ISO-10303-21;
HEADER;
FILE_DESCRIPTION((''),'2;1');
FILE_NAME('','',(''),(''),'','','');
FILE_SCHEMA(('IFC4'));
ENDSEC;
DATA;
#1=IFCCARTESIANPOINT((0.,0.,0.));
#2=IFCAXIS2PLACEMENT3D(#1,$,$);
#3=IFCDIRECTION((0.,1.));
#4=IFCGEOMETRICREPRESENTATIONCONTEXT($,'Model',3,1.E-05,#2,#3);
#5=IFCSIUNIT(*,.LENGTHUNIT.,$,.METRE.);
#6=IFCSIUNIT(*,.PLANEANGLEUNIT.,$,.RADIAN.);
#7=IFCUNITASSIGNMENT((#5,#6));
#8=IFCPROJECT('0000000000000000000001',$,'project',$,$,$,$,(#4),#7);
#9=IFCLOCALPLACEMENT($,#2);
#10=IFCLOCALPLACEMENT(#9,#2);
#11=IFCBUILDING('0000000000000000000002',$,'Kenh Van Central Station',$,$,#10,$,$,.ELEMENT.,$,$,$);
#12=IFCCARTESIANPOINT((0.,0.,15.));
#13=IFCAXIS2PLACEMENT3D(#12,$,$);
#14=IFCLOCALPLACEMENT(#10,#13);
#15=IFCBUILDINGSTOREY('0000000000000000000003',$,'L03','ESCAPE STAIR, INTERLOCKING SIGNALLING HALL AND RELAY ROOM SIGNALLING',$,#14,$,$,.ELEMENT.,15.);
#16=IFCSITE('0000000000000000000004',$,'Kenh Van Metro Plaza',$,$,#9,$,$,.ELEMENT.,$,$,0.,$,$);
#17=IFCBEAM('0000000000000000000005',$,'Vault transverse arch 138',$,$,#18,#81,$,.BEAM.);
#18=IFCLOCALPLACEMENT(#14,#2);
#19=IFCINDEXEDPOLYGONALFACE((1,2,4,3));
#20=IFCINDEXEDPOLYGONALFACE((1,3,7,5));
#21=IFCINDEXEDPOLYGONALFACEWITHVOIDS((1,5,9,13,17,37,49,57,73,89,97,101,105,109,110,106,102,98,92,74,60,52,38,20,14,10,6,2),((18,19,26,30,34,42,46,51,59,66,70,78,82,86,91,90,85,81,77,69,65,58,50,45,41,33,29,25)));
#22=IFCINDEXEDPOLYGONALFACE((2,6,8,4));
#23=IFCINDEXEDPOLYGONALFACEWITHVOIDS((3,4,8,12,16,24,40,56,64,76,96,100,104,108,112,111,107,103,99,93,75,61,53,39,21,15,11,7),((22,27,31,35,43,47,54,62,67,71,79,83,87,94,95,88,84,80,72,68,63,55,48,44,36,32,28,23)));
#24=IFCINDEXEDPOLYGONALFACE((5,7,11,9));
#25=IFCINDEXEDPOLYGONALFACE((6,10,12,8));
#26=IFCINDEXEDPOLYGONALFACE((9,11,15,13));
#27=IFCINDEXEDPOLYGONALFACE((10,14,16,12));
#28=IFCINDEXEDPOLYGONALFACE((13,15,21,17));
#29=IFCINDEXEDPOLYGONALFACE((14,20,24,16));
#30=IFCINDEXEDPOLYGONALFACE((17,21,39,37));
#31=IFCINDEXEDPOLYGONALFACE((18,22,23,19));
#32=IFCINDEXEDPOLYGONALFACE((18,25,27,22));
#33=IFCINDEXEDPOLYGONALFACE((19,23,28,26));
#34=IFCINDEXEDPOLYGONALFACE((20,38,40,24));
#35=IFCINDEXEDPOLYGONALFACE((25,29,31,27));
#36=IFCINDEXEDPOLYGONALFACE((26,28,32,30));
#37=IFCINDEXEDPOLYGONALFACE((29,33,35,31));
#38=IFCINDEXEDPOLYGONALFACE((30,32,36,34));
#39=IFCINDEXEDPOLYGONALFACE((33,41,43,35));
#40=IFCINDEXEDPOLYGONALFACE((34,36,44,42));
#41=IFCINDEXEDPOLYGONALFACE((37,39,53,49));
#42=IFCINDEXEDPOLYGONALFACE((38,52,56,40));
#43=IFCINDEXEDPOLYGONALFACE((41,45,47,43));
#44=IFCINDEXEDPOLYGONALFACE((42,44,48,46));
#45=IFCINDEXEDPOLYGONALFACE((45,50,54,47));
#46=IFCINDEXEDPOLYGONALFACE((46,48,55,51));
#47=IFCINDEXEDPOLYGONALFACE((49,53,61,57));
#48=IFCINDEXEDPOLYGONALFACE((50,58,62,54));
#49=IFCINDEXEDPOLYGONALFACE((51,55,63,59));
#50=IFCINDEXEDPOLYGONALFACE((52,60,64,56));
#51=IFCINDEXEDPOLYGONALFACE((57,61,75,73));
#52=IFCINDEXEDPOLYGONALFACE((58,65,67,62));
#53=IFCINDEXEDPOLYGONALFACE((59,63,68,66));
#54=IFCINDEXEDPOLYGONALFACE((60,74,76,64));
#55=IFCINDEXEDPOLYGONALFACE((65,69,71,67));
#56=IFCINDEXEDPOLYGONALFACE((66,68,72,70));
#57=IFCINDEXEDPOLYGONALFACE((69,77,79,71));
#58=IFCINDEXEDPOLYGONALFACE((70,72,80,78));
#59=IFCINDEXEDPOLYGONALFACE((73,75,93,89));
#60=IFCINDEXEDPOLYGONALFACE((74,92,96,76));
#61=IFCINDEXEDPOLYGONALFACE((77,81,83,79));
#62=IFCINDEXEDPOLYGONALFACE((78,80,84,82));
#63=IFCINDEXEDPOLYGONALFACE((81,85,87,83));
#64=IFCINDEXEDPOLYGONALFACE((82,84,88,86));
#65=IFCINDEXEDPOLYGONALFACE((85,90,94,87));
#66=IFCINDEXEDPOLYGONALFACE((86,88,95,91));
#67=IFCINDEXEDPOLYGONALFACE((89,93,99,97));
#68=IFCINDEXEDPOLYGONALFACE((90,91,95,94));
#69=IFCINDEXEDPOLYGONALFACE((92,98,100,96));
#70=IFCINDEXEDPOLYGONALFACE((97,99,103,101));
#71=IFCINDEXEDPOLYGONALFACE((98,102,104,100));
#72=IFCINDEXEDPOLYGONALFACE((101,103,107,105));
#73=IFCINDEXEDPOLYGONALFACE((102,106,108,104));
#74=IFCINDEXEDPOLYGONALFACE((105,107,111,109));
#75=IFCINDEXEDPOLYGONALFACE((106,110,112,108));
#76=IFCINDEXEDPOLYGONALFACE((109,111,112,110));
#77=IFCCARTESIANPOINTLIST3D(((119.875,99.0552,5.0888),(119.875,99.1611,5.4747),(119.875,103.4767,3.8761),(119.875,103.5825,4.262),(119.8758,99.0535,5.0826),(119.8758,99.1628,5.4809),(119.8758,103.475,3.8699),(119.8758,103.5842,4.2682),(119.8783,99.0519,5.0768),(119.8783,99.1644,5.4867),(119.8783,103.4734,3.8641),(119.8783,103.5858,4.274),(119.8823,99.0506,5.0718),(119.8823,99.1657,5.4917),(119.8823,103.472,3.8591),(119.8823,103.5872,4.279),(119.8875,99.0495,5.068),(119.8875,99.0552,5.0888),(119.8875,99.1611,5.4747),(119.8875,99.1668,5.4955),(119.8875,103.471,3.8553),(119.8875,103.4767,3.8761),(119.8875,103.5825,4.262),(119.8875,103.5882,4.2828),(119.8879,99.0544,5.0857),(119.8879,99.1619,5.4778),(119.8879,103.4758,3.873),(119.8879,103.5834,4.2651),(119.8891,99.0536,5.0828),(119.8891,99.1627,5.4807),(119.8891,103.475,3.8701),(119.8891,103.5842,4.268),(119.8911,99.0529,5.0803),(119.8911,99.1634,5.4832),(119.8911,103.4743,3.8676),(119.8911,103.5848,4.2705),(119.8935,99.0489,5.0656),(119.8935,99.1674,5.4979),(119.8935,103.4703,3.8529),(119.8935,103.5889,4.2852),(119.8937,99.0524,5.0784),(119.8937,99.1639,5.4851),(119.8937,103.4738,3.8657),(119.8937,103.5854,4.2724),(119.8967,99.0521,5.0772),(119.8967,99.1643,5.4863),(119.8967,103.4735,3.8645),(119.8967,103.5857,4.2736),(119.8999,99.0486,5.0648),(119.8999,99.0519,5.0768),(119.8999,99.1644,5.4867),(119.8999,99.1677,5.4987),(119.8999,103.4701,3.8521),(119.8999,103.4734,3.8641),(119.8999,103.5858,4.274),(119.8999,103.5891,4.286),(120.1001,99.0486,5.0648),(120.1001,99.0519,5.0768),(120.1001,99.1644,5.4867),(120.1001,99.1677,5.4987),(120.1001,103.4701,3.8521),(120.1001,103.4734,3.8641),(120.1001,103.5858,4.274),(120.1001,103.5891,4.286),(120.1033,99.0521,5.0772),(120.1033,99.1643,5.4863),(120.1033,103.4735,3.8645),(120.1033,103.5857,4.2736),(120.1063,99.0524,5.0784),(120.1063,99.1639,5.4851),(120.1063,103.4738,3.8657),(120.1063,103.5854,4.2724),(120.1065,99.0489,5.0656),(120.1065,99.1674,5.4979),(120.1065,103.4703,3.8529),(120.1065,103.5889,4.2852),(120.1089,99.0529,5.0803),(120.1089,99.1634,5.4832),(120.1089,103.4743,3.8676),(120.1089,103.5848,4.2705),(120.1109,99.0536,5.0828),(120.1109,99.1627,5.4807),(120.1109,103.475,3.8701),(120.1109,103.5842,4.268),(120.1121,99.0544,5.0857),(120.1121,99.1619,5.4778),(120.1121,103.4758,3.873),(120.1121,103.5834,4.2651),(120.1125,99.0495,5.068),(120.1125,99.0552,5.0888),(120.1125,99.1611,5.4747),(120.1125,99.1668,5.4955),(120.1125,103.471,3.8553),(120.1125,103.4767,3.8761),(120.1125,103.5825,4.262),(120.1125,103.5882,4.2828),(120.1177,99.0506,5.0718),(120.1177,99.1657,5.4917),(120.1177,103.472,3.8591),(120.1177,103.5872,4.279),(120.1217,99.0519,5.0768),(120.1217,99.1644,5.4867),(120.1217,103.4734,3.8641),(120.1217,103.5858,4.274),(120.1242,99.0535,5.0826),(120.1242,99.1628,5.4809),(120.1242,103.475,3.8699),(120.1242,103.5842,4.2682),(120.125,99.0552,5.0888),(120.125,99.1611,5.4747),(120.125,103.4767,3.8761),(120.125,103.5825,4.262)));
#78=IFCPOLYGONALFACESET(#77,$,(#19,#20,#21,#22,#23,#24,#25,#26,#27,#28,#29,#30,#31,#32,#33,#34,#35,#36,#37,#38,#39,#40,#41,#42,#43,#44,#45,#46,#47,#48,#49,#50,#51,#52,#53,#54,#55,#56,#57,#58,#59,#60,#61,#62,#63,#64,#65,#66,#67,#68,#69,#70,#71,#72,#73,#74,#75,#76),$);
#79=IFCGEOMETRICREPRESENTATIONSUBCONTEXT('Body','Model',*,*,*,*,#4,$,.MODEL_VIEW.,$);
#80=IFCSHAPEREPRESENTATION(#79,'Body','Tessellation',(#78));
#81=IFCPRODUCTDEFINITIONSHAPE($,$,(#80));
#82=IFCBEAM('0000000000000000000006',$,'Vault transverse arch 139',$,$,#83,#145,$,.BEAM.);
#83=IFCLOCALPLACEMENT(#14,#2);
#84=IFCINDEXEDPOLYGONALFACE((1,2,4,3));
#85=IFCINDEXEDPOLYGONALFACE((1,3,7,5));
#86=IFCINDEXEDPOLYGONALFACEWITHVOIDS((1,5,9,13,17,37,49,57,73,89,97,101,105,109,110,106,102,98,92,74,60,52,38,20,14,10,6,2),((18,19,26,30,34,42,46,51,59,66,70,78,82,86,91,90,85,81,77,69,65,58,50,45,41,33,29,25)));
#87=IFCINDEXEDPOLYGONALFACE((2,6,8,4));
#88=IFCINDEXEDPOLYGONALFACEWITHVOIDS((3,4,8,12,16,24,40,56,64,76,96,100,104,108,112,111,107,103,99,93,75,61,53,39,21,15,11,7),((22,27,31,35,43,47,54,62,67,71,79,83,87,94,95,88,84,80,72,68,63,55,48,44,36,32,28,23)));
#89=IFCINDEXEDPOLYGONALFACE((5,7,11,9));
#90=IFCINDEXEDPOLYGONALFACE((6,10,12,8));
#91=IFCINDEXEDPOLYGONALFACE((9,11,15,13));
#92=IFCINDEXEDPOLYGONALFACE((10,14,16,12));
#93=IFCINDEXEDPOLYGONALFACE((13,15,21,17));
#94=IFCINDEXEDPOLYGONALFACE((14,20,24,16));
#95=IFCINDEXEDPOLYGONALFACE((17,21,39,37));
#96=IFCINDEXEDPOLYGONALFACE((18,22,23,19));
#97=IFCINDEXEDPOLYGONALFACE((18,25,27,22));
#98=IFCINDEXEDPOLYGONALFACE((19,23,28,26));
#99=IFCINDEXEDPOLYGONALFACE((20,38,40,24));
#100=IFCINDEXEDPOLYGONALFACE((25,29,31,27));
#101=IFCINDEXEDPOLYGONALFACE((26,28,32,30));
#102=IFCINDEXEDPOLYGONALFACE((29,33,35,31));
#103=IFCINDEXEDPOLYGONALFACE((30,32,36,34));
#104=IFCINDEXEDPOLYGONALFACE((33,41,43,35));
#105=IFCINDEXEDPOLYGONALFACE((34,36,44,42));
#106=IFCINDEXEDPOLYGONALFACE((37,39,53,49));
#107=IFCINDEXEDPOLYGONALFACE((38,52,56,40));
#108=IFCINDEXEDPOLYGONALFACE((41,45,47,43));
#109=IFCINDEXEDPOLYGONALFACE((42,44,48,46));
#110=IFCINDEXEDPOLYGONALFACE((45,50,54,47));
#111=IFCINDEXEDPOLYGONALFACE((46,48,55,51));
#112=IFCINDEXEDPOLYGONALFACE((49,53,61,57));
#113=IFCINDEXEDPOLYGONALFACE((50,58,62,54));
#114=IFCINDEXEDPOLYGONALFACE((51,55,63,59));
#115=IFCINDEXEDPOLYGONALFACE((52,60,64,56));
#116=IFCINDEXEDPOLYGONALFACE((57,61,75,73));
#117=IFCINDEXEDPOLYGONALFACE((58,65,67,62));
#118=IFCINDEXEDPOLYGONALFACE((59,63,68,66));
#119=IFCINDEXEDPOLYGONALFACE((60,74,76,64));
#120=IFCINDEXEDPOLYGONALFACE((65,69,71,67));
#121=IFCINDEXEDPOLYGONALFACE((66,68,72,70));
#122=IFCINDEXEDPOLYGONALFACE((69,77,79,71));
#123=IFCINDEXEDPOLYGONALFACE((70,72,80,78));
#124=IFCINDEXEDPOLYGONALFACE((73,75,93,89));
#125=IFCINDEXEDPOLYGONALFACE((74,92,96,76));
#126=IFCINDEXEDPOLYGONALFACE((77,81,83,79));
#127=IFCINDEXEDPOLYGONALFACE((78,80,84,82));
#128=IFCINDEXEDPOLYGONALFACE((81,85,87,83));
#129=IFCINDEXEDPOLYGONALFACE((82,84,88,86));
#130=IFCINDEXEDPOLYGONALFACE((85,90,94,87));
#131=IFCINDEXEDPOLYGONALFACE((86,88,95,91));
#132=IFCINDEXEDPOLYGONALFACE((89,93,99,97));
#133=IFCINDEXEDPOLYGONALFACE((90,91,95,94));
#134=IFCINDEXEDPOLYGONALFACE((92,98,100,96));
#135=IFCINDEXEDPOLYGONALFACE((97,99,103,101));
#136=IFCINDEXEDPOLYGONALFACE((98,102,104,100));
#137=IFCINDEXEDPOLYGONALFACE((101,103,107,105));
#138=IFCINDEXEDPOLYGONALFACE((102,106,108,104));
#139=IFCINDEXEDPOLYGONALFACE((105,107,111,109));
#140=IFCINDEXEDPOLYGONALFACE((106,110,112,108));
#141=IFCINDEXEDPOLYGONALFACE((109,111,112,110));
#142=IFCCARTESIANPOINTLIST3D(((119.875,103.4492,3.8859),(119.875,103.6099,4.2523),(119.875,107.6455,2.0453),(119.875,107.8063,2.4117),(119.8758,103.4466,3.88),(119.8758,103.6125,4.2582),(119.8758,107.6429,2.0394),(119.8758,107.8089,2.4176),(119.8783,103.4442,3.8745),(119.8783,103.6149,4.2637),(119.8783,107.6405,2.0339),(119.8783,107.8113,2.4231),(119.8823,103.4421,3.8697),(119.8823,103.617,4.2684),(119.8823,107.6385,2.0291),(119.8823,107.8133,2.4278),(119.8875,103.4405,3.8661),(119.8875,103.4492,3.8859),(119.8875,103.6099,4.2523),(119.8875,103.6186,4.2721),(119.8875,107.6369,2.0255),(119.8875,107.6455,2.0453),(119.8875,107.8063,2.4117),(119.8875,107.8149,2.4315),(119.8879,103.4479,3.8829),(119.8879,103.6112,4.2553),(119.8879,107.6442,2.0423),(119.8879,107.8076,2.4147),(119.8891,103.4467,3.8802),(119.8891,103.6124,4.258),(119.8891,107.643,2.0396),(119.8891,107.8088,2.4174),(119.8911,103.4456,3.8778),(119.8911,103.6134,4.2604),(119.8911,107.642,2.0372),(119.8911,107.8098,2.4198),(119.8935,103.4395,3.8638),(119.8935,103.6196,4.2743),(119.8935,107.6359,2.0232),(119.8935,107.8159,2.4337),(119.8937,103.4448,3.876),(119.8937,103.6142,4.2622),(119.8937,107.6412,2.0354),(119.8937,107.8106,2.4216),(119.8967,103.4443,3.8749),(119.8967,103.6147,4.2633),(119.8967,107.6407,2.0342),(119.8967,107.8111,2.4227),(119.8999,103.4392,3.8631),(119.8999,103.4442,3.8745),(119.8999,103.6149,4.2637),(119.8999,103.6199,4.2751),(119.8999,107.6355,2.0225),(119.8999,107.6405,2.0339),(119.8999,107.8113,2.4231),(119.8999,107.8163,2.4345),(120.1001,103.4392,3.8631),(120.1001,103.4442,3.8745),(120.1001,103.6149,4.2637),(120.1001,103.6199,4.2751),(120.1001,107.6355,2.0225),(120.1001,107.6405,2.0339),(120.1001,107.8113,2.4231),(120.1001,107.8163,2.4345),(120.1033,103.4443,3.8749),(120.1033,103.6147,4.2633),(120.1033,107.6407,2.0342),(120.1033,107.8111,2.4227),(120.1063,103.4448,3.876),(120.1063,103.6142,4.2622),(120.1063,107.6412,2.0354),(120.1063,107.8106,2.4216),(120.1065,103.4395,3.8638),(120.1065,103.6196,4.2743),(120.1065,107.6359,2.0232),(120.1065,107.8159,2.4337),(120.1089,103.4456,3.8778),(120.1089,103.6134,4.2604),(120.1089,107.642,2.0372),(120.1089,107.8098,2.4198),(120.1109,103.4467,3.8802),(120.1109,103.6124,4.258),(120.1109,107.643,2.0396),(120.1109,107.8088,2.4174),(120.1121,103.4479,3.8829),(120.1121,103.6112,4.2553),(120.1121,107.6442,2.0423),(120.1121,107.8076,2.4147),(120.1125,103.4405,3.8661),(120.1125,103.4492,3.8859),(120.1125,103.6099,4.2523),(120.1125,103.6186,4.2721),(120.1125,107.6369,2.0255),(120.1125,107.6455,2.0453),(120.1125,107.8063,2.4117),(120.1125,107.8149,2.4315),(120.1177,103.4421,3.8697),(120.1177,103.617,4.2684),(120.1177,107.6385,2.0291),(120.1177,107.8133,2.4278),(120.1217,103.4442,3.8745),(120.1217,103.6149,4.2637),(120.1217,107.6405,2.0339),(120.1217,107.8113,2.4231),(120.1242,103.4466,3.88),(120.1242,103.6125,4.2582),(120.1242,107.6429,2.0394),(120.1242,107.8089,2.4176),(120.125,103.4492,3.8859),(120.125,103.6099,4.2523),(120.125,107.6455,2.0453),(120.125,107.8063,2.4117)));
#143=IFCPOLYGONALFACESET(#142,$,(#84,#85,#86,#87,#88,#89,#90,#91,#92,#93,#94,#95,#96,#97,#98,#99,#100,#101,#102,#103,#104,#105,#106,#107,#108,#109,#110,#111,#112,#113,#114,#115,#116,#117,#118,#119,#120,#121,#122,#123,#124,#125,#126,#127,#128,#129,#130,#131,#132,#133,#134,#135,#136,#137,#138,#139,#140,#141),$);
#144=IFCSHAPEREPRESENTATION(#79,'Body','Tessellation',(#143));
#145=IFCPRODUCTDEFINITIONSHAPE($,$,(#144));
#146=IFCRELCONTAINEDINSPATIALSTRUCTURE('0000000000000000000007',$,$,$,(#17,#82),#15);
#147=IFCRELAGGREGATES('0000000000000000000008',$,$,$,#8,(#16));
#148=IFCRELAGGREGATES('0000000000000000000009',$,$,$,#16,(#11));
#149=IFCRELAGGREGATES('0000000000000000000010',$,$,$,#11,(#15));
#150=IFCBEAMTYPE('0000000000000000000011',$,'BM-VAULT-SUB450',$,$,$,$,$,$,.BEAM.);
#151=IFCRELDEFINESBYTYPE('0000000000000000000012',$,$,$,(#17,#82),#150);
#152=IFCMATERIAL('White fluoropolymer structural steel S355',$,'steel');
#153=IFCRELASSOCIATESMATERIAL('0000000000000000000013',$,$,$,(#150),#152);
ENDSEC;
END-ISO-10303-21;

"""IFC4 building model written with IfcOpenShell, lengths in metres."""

from ifc_helpers import new_model, si_unit, direction, frame, origin, origin_2d, place, context, subcontext, project, spatial, hollow_rectangle, extrude, material, material_profile, profile_set, type_object, element, save


model = new_model("IFC4")

# Units and contexts
model_context = context("Model", 3, precision=1e-05, world=origin(), true_north=direction((0.0, 1.0)))
body_context = subcontext(model_context, "Body", "Model", "MODEL_VIEW")
ifc_project = project(units=[si_unit("LENGTHUNIT", "METRE"), si_unit("PLANEANGLEUNIT", "RADIAN")], contexts=[model_context])

# Site, building, storey
site_placement = place(None, origin())
site = spatial("IfcSite", under=ifc_project, at=site_placement, Name="Kenh Van Metro Plaza", CompositionType="ELEMENT", RefElevation=0.0)
building_placement = place(site_placement, origin())
building = spatial("IfcBuilding", under=site, at=building_placement, Name="Kenh Van Central Station", CompositionType="ELEMENT")
storey_placement = place(building_placement, frame((0.0, 0.0, 15.0)))
storey = spatial("IfcBuildingStorey", under=building, at=storey_placement, Name="L03", Description="ESCAPE STAIR, INTERLOCKING SIGNALLING HALL AND RELAY ROOM SIGNALLING", CompositionType="ELEMENT", Elevation=15.0)

# Beams
ifc_material_1 = material(Name="White fluoropolymer structural steel S355", Category="steel")
ifc_material_profile_1 = material_profile(ifc_material_1, hollow_rectangle(XDim=0.25, YDim=0.45, WallThickness=0.0125, InnerFilletRadius=0.0125, OuterFilletRadius=0.0249, at=origin_2d()), Name="RHS 450x250x12.5")
ifc_profile_set_1 = profile_set([ifc_material_profile_1], Name="White fluoropolymer structural steel S355")
beam_type = type_object("IfcBeamType", Name="BM-VAULT-SUB450", PredefinedType="BEAM", material=ifc_profile_set_1)
beam_1_placement = place(storey_placement, frame((120.0, 99.1082, 5.2817), z_axis=(0.0, 0.964386, -0.2645), x_axis=(-1.0, 0.0, 0.0)))
element("IfcBeam", 1, at=beam_1_placement, inside=storey, type_object=beam_type, Name="Vault transverse arch 138", PredefinedType="BEAM", context=body_context, shape_type="SweptSolid", body=[
    extrude(hollow_rectangle(XDim=0.25, YDim=0.45, WallThickness=0.0125, InnerFilletRadius=0.0125, OuterFilletRadius=0.0249, at=origin_2d()), origin(), (0.0, 0.0, 1.0), 4.5847),
])
beam_2_placement = place(storey_placement, frame((120.0, 103.5295, 4.0691), z_axis=(0.0, 0.91578, -0.40168), x_axis=(-1.0, 0.0, 0.0)))
element("IfcBeam", 2, at=beam_2_placement, inside=storey, type_object=beam_type, Name="Vault transverse arch 139", PredefinedType="BEAM", context=body_context, shape_type="SweptSolid", body=[
    extrude(hollow_rectangle(XDim=0.25, YDim=0.45, WallThickness=0.0125, InnerFilletRadius=0.0125, OuterFilletRadius=0.0249, at=origin_2d()), origin(), (0.0, 0.0, 1.0), 4.5823),
])

save(model, "model.ifc")
